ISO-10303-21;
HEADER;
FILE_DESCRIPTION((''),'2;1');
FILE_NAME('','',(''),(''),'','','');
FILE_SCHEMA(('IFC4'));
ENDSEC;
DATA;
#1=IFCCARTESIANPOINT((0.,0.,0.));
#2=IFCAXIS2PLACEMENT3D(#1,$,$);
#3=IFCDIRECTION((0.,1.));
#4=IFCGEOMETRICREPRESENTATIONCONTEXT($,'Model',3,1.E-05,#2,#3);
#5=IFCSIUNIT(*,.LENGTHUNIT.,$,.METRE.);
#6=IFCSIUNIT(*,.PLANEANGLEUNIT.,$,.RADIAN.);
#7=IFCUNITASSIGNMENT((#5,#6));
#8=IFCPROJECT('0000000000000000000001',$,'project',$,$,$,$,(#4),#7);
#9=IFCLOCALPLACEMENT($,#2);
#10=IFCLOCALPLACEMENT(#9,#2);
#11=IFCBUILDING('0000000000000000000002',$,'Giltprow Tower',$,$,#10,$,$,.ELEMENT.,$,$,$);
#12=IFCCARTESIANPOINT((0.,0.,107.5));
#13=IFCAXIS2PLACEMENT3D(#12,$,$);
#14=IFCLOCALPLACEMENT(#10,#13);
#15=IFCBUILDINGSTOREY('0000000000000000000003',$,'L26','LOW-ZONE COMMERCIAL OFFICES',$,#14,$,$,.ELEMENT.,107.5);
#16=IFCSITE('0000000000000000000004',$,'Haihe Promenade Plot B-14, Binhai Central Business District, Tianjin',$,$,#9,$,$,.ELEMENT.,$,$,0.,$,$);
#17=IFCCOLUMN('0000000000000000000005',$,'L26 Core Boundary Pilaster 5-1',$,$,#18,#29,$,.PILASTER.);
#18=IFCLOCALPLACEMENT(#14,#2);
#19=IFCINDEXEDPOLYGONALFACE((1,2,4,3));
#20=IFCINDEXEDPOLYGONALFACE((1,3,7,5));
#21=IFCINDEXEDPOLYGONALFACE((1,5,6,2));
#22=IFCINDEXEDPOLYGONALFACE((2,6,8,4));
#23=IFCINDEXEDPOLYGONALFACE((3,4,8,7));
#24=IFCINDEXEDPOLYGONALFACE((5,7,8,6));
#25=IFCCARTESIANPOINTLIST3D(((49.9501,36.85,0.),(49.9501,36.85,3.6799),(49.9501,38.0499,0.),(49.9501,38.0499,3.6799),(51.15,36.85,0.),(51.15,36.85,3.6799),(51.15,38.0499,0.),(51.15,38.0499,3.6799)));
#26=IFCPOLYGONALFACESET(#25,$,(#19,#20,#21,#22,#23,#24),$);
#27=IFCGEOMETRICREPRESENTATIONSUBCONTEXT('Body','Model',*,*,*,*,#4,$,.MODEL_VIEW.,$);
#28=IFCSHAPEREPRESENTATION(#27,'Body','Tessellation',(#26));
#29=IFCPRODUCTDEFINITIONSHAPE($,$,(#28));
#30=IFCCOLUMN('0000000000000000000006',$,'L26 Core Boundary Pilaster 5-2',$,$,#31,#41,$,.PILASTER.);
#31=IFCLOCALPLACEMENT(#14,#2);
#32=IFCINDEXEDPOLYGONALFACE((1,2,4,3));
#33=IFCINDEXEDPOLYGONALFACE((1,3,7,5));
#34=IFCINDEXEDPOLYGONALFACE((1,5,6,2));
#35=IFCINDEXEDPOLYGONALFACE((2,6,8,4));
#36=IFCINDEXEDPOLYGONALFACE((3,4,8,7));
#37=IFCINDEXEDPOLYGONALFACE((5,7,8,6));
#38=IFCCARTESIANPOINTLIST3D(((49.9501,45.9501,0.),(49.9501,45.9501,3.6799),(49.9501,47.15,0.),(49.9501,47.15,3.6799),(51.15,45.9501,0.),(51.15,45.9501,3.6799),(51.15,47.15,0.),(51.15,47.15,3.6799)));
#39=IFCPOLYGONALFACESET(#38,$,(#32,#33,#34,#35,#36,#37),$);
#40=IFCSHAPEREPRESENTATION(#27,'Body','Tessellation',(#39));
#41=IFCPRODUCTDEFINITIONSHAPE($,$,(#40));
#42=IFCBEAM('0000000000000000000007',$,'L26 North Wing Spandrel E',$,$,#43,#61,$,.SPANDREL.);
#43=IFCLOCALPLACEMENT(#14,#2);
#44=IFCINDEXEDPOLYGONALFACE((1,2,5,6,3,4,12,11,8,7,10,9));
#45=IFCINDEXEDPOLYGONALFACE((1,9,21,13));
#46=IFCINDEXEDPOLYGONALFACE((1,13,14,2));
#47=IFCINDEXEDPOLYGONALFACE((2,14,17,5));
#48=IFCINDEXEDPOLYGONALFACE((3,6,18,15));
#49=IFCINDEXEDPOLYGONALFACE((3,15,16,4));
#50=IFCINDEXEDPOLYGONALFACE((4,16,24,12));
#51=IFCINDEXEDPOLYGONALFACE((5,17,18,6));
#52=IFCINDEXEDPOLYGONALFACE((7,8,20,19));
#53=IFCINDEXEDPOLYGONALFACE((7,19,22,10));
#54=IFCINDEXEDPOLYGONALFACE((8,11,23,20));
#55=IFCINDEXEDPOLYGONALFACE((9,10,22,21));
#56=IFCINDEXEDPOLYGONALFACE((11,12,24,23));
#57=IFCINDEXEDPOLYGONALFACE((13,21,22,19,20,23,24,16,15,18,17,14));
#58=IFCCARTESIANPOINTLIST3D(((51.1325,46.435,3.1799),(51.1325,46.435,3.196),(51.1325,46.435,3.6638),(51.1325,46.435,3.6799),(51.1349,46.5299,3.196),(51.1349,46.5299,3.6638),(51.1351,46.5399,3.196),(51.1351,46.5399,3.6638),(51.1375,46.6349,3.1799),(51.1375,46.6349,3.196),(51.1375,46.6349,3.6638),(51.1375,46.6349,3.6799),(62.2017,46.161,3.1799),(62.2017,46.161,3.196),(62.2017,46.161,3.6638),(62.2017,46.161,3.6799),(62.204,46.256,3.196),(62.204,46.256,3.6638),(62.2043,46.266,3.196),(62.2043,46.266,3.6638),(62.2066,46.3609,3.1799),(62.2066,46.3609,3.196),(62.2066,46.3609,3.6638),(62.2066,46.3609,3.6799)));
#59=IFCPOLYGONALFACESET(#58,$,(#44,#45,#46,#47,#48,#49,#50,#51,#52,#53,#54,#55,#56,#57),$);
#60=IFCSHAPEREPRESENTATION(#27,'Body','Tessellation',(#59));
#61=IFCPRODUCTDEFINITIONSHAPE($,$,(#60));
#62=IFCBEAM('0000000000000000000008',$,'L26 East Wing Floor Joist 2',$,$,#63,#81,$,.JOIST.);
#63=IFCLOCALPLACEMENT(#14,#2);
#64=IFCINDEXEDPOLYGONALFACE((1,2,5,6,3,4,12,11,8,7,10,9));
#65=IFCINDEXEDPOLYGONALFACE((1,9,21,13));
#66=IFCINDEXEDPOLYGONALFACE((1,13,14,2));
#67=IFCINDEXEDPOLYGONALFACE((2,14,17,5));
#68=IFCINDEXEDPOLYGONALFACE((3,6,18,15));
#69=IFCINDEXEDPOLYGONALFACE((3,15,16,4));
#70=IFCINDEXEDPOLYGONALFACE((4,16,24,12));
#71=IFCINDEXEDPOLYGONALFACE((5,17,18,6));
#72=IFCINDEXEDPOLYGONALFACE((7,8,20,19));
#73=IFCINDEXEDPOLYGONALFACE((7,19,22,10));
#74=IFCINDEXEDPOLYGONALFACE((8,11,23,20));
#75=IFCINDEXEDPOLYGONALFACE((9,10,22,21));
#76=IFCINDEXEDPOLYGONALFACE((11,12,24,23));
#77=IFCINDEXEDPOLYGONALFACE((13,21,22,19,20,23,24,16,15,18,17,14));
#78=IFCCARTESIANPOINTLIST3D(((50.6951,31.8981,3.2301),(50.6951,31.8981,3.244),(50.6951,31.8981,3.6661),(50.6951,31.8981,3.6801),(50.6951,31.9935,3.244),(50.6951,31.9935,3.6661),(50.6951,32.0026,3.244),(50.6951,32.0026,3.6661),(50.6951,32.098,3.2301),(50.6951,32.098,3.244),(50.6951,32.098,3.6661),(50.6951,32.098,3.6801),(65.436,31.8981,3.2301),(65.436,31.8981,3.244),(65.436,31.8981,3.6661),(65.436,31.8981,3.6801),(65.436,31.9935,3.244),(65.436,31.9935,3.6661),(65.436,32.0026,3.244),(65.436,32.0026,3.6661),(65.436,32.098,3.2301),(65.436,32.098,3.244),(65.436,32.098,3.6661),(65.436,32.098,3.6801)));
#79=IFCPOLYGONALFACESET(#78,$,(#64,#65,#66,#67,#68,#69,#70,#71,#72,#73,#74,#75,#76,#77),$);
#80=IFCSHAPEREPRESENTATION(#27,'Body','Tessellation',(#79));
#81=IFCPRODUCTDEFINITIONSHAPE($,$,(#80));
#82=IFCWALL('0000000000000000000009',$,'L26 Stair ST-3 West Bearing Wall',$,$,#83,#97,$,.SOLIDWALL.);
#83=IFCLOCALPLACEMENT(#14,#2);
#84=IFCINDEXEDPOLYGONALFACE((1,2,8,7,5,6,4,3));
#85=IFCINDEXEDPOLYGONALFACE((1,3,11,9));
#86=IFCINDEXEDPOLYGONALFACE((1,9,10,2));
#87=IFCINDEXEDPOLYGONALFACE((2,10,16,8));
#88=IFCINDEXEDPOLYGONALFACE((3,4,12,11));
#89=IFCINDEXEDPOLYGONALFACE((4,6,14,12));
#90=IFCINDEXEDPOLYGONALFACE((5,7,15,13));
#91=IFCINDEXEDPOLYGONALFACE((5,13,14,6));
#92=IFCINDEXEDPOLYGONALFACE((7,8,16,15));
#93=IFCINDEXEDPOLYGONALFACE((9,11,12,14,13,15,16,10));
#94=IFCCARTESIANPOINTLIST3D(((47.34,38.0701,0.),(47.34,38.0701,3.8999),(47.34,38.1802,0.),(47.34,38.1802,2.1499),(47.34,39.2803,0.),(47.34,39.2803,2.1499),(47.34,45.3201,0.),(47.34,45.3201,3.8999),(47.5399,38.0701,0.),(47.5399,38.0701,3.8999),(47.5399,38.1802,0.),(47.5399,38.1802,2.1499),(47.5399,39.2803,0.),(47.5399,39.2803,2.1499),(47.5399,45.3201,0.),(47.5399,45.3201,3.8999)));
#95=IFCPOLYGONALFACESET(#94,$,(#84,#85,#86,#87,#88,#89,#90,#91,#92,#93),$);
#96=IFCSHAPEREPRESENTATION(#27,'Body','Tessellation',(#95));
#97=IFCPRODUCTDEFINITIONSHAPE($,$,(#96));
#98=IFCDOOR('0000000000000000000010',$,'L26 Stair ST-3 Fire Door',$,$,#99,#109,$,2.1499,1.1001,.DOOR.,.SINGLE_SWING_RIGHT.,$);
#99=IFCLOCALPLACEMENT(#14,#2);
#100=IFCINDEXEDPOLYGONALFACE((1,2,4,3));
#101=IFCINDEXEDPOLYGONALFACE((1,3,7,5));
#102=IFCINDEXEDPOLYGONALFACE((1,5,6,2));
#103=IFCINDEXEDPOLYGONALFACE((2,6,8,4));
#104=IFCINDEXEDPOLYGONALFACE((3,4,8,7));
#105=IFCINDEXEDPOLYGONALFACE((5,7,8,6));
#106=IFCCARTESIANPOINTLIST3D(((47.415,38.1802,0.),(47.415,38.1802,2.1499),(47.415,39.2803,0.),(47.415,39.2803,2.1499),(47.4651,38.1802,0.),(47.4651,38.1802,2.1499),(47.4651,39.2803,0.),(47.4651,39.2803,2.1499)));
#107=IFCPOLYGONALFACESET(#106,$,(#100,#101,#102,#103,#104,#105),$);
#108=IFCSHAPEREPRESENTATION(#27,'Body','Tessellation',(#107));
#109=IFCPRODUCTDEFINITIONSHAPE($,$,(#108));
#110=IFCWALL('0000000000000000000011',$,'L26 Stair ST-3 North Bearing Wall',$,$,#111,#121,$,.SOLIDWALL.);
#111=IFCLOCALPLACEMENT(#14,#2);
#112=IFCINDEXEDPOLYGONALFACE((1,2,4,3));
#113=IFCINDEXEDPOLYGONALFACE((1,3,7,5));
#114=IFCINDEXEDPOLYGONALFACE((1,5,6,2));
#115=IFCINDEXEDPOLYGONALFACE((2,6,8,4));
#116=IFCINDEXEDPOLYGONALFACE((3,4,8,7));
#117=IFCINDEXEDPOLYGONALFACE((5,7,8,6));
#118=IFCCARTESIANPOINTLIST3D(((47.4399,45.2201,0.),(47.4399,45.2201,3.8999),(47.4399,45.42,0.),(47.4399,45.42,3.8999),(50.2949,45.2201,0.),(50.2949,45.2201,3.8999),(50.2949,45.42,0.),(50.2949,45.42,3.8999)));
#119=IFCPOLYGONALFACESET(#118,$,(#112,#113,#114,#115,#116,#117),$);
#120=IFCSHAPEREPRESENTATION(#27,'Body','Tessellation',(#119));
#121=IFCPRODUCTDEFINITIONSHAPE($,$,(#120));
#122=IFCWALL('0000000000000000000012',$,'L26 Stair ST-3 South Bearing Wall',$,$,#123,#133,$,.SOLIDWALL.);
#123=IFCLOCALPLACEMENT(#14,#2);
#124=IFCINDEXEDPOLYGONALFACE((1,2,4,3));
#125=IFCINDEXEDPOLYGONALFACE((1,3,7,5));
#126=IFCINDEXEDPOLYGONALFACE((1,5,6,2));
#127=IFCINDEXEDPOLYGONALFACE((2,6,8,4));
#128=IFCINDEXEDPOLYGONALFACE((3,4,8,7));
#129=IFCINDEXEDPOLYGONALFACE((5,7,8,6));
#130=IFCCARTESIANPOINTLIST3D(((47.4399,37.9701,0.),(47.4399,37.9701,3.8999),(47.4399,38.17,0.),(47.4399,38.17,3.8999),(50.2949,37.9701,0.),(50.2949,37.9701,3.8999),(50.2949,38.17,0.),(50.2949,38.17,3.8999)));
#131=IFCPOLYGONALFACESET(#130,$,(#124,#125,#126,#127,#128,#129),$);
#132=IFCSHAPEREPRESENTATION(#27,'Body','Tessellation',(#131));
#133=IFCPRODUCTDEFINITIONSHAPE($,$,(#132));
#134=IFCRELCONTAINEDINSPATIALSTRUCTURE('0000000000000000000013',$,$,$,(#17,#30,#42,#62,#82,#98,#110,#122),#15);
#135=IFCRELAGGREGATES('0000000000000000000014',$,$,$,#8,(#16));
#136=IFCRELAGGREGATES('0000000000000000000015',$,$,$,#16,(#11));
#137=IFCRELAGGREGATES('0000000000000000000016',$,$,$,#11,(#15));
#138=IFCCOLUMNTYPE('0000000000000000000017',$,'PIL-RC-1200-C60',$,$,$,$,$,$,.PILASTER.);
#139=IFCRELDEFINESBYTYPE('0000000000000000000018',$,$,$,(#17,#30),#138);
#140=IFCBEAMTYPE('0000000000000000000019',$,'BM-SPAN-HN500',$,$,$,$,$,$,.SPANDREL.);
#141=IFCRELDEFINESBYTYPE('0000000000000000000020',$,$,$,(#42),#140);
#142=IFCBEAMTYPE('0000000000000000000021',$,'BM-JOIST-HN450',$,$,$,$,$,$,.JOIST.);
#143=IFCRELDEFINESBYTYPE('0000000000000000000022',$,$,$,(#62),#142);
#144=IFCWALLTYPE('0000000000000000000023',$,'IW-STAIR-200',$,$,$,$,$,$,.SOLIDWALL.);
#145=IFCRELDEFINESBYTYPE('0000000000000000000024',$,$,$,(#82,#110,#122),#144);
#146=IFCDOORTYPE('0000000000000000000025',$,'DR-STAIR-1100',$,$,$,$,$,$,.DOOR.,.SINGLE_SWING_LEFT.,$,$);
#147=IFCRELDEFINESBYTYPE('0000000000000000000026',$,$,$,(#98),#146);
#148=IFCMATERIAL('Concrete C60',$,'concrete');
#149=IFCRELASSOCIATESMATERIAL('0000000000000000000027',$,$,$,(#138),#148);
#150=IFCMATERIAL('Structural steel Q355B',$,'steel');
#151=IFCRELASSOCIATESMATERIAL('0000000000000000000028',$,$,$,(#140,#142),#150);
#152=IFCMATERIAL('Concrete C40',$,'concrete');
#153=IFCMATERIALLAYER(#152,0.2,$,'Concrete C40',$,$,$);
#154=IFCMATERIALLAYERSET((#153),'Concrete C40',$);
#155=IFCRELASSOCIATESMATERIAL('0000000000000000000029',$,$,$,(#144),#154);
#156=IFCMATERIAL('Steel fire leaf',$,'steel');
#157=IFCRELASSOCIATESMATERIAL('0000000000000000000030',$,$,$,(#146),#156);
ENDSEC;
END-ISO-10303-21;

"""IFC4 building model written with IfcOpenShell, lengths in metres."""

from ifc_helpers import new_model, si_unit, direction, frame, frame_2d, origin, origin_2d, place, context, subcontext, project, spatial, rectangle, i_section, extrude, source, transform, mapped, material, layer, layer_set, material_profile, profile_set, type_object, element, fill, save


model = new_model("IFC4")

# Units and contexts
model_context = context("Model", 3, precision=1e-05, world=origin(), true_north=direction((0.0, 1.0)))
body_context = subcontext(model_context, "Body", "Model", "MODEL_VIEW")
ifc_project = project(units=[si_unit("LENGTHUNIT", "METRE"), si_unit("PLANEANGLEUNIT", "RADIAN")], contexts=[model_context])

# Site, building, storey
site_placement = place(None, origin())
site = spatial("IfcSite", under=ifc_project, at=site_placement, Name="Haihe Promenade Plot B-14, Binhai Central Business District, Tianjin", CompositionType="ELEMENT", RefElevation=0.0)
building_placement = place(site_placement, origin())
building = spatial("IfcBuilding", under=site, at=building_placement, Name="Giltprow Tower", CompositionType="ELEMENT")
storey_placement = place(building_placement, frame((0.0, 0.0, 107.5)))
storey = spatial("IfcBuildingStorey", under=building, at=storey_placement, Name="L26", Description="LOW-ZONE COMMERCIAL OFFICES", CompositionType="ELEMENT", Elevation=107.5)

# Columns
ifc_material_1 = material(Name="Concrete C60", Category="concrete")
ifc_material_profile_1 = material_profile(ifc_material_1, rectangle(XDim=1.2, YDim=1.2, at=origin_2d()), Name="RC 1200x1200")
ifc_profile_set_1 = profile_set([ifc_material_profile_1], Name="Concrete C60")
column_type = type_object("IfcColumnType", Name="PIL-RC-1200-C60", PredefinedType="PILASTER", material=ifc_profile_set_1)
shared_shape_1 = source(origin(), body_context, "Body", "SweptSolid", [
    extrude(rectangle(XDim=1.2, YDim=1.2, at=origin_2d()), origin(), (0.0, 0.0, 1.0), 3.6799),
])
for number, where, z_axis, x_axis, name in (
    (1, (50.55, 37.45, 0.0), (0.0, 0.0, 1.0), (1.0, 0.0, 0.0), "L26 Core Boundary Pilaster 5-1"),
    (2, (50.55, 46.55, 0.0), (0.0, 0.0, 1.0), (1.0, 0.0, 0.0), "L26 Core Boundary Pilaster 5-2"),
):
    element("IfcColumn", number, at=place(storey_placement, frame(where, z_axis=z_axis, x_axis=x_axis)), inside=storey, type_object=column_type, Name=name, PredefinedType="PILASTER", context=body_context, shape_type="MappedRepresentation", body=[
        mapped(shared_shape_1, transform((0.0, 0.0, 0.0), x_axis=(1.0, 0.0, 0.0), y_axis=(0.0, 1.0, 0.0), z_axis=(0.0, 0.0, 1.0), scale=1.0)),
    ])

# Beams
ifc_material_2 = material(Name="Structural steel Q355B", Category="steel")
ifc_material_profile_2 = material_profile(ifc_material_2, i_section(OverallWidth=0.2, OverallDepth=0.5, WebThickness=0.01, FlangeThickness=0.0161, at=origin_2d()), Name="HN 500x200x10x16")
ifc_profile_set_2 = profile_set([ifc_material_profile_2], Name="Structural steel Q355B")
beam_type_1 = type_object("IfcBeamType", Name="BM-SPAN-HN500", PredefinedType="SPANDREL", material=ifc_profile_set_2)
shared_shape_2 = source(origin(), body_context, "Body", "SweptSolid", [
    extrude(i_section(OverallWidth=0.2, OverallDepth=0.5, WebThickness=0.01, FlangeThickness=0.0161, at=origin_2d()), origin(), (0.0, 0.0, 1.0), 11.0725),
])
beam_1_placement = place(storey_placement, frame((51.135, 46.5349, 3.4299), z_axis=(0.999694, -0.024739, 0.0), x_axis=(0.024739, 0.999694, 0.0)))
element("IfcBeam", 3, at=beam_1_placement, inside=storey, type_object=beam_type_1, Name="L26 North Wing Spandrel E", PredefinedType="SPANDREL", context=body_context, shape_type="MappedRepresentation", body=[
    mapped(shared_shape_2, transform((0.0, 0.0, 0.0), x_axis=(1.0, 0.0, 0.0), y_axis=(0.0, 1.0, 0.0), z_axis=(0.0, 0.0, 1.0), scale=1.0)),
])
ifc_material_profile_3 = material_profile(ifc_material_2, i_section(OverallWidth=0.2, OverallDepth=0.45, WebThickness=0.009, FlangeThickness=0.0139, at=origin_2d()), Name="HN 450x200x9x14")
ifc_profile_set_3 = profile_set([ifc_material_profile_3], Name="Structural steel Q355B")
beam_type_2 = type_object("IfcBeamType", Name="BM-JOIST-HN450", PredefinedType="JOIST", material=ifc_profile_set_3)
shared_shape_3 = source(origin(), body_context, "Body", "SweptSolid", [
    extrude(i_section(OverallWidth=0.2, OverallDepth=0.45, WebThickness=0.009, FlangeThickness=0.0139, at=origin_2d()), origin(), (0.0, 0.0, 1.0), 14.741),
])
beam_2_placement = place(storey_placement, frame((50.6951, 31.998, 3.4551), z_axis=(1.0, 0.0, 0.0), x_axis=(0.0, 1.0, 0.0)))
element("IfcBeam", 4, at=beam_2_placement, inside=storey, type_object=beam_type_2, Name="L26 East Wing Floor Joist 2", PredefinedType="JOIST", context=body_context, shape_type="MappedRepresentation", body=[
    mapped(shared_shape_3, transform((0.0, 0.0, 0.0), x_axis=(1.0, 0.0, 0.0), y_axis=(0.0, 1.0, 0.0), z_axis=(0.0, 0.0, 1.0), scale=1.0)),
])

# Wall, opening, door
ifc_material_3 = material(Name="Concrete C40", Category="concrete")
ifc_layer_1 = layer(ifc_material_3, 0.2, Name="Concrete C40")
ifc_layer_set_1 = layer_set([ifc_layer_1], Name="Concrete C40")
wall_type_1 = type_object("IfcWallType", Name="IW-STAIR-200", PredefinedType="SOLIDWALL", material=ifc_layer_set_1)
wall_1_placement = place(storey_placement, frame((47.4399, 38.0701, 0.0), z_axis=(0.0, 0.0, 1.0), x_axis=(0.0, 1.0, 0.0)))
wall_1 = element("IfcWall", 5, at=wall_1_placement, inside=storey, type_object=wall_type_1, Name="L26 Stair ST-3 West Bearing Wall", PredefinedType="SOLIDWALL", context=body_context, shape_type="SweptSolid", body=[
    extrude(rectangle(XDim=7.25, YDim=0.2, at=frame_2d((3.625, 0.0))), origin(), (0.0, 0.0, 1.0), 3.8999),
])
opening_1_placement = place(wall_1_placement, frame((0.1101, 0.0, 0.0)))
opening_1 = element("IfcOpeningElement", 6, at=opening_1_placement, cuts=wall_1, PredefinedType="OPENING", context=body_context, shape_type="SweptSolid", body=[
    extrude(rectangle(XDim=1.1001, YDim=2.1499, at=frame_2d((0.55, 1.075))), frame((0.0, 0.1099, 0.0), z_axis=(0.0, -1.0, 0.0), x_axis=(1.0, 0.0, 0.0)), (0.0, 0.0, 1.0), 0.22),
])
ifc_material_4 = material(Name="Steel fire leaf", Category="steel")
door_type_1 = type_object("IfcDoorType", Name="DR-STAIR-1100", OperationType="SINGLE_SWING_LEFT", PredefinedType="DOOR", material=ifc_material_4)
shared_shape_4 = source(origin(), body_context, "Body", "SweptSolid", [
    extrude(rectangle(XDim=1.1001, YDim=2.1499, at=frame_2d((0.55, 1.075))), frame((0.0, 0.0249, 0.0), z_axis=(0.0, -1.0, 0.0), x_axis=(1.0, 0.0, 0.0)), (0.0, 0.0, 1.0), 0.05),
])
door_1_placement = place(opening_1_placement, origin())
door_1 = element("IfcDoor", 7, at=door_1_placement, inside=storey, type_object=door_type_1, Name="L26 Stair ST-3 Fire Door", OperationType="SINGLE_SWING_RIGHT", OverallHeight=2.1499, OverallWidth=1.1001, PredefinedType="DOOR", context=body_context, shape_type="MappedRepresentation", body=[
    mapped(shared_shape_4, transform((0.0, 0.0, 0.0), x_axis=(1.0, 0.0, 0.0), y_axis=(0.0, 1.0, 0.0), z_axis=(0.0, 0.0, 1.0), scale=1.0)),
])
fill(opening_1, door_1)

# Walls
for number, where, z_axis, x_axis, name in (
    (8, (47.4399, 45.3201, 0.0), (0.0, 0.0, 1.0), (1.0, 0.0, 0.0), "L26 Stair ST-3 North Bearing Wall"),
    (9, (47.4399, 38.0701, 0.0), (0.0, 0.0, 1.0), (1.0, 0.0, 0.0), "L26 Stair ST-3 South Bearing Wall"),
):
    element("IfcWall", number, at=place(storey_placement, frame(where, z_axis=z_axis, x_axis=x_axis)), inside=storey, type_object=wall_type_1, Name=name, PredefinedType="SOLIDWALL", context=body_context, shape_type="SweptSolid", body=[
        extrude(rectangle(XDim=2.855, YDim=0.2, at=frame_2d((1.4275, 0.0))), origin(), (0.0, 0.0, 1.0), 3.8999),
    ])

save(model, "model.ifc")
